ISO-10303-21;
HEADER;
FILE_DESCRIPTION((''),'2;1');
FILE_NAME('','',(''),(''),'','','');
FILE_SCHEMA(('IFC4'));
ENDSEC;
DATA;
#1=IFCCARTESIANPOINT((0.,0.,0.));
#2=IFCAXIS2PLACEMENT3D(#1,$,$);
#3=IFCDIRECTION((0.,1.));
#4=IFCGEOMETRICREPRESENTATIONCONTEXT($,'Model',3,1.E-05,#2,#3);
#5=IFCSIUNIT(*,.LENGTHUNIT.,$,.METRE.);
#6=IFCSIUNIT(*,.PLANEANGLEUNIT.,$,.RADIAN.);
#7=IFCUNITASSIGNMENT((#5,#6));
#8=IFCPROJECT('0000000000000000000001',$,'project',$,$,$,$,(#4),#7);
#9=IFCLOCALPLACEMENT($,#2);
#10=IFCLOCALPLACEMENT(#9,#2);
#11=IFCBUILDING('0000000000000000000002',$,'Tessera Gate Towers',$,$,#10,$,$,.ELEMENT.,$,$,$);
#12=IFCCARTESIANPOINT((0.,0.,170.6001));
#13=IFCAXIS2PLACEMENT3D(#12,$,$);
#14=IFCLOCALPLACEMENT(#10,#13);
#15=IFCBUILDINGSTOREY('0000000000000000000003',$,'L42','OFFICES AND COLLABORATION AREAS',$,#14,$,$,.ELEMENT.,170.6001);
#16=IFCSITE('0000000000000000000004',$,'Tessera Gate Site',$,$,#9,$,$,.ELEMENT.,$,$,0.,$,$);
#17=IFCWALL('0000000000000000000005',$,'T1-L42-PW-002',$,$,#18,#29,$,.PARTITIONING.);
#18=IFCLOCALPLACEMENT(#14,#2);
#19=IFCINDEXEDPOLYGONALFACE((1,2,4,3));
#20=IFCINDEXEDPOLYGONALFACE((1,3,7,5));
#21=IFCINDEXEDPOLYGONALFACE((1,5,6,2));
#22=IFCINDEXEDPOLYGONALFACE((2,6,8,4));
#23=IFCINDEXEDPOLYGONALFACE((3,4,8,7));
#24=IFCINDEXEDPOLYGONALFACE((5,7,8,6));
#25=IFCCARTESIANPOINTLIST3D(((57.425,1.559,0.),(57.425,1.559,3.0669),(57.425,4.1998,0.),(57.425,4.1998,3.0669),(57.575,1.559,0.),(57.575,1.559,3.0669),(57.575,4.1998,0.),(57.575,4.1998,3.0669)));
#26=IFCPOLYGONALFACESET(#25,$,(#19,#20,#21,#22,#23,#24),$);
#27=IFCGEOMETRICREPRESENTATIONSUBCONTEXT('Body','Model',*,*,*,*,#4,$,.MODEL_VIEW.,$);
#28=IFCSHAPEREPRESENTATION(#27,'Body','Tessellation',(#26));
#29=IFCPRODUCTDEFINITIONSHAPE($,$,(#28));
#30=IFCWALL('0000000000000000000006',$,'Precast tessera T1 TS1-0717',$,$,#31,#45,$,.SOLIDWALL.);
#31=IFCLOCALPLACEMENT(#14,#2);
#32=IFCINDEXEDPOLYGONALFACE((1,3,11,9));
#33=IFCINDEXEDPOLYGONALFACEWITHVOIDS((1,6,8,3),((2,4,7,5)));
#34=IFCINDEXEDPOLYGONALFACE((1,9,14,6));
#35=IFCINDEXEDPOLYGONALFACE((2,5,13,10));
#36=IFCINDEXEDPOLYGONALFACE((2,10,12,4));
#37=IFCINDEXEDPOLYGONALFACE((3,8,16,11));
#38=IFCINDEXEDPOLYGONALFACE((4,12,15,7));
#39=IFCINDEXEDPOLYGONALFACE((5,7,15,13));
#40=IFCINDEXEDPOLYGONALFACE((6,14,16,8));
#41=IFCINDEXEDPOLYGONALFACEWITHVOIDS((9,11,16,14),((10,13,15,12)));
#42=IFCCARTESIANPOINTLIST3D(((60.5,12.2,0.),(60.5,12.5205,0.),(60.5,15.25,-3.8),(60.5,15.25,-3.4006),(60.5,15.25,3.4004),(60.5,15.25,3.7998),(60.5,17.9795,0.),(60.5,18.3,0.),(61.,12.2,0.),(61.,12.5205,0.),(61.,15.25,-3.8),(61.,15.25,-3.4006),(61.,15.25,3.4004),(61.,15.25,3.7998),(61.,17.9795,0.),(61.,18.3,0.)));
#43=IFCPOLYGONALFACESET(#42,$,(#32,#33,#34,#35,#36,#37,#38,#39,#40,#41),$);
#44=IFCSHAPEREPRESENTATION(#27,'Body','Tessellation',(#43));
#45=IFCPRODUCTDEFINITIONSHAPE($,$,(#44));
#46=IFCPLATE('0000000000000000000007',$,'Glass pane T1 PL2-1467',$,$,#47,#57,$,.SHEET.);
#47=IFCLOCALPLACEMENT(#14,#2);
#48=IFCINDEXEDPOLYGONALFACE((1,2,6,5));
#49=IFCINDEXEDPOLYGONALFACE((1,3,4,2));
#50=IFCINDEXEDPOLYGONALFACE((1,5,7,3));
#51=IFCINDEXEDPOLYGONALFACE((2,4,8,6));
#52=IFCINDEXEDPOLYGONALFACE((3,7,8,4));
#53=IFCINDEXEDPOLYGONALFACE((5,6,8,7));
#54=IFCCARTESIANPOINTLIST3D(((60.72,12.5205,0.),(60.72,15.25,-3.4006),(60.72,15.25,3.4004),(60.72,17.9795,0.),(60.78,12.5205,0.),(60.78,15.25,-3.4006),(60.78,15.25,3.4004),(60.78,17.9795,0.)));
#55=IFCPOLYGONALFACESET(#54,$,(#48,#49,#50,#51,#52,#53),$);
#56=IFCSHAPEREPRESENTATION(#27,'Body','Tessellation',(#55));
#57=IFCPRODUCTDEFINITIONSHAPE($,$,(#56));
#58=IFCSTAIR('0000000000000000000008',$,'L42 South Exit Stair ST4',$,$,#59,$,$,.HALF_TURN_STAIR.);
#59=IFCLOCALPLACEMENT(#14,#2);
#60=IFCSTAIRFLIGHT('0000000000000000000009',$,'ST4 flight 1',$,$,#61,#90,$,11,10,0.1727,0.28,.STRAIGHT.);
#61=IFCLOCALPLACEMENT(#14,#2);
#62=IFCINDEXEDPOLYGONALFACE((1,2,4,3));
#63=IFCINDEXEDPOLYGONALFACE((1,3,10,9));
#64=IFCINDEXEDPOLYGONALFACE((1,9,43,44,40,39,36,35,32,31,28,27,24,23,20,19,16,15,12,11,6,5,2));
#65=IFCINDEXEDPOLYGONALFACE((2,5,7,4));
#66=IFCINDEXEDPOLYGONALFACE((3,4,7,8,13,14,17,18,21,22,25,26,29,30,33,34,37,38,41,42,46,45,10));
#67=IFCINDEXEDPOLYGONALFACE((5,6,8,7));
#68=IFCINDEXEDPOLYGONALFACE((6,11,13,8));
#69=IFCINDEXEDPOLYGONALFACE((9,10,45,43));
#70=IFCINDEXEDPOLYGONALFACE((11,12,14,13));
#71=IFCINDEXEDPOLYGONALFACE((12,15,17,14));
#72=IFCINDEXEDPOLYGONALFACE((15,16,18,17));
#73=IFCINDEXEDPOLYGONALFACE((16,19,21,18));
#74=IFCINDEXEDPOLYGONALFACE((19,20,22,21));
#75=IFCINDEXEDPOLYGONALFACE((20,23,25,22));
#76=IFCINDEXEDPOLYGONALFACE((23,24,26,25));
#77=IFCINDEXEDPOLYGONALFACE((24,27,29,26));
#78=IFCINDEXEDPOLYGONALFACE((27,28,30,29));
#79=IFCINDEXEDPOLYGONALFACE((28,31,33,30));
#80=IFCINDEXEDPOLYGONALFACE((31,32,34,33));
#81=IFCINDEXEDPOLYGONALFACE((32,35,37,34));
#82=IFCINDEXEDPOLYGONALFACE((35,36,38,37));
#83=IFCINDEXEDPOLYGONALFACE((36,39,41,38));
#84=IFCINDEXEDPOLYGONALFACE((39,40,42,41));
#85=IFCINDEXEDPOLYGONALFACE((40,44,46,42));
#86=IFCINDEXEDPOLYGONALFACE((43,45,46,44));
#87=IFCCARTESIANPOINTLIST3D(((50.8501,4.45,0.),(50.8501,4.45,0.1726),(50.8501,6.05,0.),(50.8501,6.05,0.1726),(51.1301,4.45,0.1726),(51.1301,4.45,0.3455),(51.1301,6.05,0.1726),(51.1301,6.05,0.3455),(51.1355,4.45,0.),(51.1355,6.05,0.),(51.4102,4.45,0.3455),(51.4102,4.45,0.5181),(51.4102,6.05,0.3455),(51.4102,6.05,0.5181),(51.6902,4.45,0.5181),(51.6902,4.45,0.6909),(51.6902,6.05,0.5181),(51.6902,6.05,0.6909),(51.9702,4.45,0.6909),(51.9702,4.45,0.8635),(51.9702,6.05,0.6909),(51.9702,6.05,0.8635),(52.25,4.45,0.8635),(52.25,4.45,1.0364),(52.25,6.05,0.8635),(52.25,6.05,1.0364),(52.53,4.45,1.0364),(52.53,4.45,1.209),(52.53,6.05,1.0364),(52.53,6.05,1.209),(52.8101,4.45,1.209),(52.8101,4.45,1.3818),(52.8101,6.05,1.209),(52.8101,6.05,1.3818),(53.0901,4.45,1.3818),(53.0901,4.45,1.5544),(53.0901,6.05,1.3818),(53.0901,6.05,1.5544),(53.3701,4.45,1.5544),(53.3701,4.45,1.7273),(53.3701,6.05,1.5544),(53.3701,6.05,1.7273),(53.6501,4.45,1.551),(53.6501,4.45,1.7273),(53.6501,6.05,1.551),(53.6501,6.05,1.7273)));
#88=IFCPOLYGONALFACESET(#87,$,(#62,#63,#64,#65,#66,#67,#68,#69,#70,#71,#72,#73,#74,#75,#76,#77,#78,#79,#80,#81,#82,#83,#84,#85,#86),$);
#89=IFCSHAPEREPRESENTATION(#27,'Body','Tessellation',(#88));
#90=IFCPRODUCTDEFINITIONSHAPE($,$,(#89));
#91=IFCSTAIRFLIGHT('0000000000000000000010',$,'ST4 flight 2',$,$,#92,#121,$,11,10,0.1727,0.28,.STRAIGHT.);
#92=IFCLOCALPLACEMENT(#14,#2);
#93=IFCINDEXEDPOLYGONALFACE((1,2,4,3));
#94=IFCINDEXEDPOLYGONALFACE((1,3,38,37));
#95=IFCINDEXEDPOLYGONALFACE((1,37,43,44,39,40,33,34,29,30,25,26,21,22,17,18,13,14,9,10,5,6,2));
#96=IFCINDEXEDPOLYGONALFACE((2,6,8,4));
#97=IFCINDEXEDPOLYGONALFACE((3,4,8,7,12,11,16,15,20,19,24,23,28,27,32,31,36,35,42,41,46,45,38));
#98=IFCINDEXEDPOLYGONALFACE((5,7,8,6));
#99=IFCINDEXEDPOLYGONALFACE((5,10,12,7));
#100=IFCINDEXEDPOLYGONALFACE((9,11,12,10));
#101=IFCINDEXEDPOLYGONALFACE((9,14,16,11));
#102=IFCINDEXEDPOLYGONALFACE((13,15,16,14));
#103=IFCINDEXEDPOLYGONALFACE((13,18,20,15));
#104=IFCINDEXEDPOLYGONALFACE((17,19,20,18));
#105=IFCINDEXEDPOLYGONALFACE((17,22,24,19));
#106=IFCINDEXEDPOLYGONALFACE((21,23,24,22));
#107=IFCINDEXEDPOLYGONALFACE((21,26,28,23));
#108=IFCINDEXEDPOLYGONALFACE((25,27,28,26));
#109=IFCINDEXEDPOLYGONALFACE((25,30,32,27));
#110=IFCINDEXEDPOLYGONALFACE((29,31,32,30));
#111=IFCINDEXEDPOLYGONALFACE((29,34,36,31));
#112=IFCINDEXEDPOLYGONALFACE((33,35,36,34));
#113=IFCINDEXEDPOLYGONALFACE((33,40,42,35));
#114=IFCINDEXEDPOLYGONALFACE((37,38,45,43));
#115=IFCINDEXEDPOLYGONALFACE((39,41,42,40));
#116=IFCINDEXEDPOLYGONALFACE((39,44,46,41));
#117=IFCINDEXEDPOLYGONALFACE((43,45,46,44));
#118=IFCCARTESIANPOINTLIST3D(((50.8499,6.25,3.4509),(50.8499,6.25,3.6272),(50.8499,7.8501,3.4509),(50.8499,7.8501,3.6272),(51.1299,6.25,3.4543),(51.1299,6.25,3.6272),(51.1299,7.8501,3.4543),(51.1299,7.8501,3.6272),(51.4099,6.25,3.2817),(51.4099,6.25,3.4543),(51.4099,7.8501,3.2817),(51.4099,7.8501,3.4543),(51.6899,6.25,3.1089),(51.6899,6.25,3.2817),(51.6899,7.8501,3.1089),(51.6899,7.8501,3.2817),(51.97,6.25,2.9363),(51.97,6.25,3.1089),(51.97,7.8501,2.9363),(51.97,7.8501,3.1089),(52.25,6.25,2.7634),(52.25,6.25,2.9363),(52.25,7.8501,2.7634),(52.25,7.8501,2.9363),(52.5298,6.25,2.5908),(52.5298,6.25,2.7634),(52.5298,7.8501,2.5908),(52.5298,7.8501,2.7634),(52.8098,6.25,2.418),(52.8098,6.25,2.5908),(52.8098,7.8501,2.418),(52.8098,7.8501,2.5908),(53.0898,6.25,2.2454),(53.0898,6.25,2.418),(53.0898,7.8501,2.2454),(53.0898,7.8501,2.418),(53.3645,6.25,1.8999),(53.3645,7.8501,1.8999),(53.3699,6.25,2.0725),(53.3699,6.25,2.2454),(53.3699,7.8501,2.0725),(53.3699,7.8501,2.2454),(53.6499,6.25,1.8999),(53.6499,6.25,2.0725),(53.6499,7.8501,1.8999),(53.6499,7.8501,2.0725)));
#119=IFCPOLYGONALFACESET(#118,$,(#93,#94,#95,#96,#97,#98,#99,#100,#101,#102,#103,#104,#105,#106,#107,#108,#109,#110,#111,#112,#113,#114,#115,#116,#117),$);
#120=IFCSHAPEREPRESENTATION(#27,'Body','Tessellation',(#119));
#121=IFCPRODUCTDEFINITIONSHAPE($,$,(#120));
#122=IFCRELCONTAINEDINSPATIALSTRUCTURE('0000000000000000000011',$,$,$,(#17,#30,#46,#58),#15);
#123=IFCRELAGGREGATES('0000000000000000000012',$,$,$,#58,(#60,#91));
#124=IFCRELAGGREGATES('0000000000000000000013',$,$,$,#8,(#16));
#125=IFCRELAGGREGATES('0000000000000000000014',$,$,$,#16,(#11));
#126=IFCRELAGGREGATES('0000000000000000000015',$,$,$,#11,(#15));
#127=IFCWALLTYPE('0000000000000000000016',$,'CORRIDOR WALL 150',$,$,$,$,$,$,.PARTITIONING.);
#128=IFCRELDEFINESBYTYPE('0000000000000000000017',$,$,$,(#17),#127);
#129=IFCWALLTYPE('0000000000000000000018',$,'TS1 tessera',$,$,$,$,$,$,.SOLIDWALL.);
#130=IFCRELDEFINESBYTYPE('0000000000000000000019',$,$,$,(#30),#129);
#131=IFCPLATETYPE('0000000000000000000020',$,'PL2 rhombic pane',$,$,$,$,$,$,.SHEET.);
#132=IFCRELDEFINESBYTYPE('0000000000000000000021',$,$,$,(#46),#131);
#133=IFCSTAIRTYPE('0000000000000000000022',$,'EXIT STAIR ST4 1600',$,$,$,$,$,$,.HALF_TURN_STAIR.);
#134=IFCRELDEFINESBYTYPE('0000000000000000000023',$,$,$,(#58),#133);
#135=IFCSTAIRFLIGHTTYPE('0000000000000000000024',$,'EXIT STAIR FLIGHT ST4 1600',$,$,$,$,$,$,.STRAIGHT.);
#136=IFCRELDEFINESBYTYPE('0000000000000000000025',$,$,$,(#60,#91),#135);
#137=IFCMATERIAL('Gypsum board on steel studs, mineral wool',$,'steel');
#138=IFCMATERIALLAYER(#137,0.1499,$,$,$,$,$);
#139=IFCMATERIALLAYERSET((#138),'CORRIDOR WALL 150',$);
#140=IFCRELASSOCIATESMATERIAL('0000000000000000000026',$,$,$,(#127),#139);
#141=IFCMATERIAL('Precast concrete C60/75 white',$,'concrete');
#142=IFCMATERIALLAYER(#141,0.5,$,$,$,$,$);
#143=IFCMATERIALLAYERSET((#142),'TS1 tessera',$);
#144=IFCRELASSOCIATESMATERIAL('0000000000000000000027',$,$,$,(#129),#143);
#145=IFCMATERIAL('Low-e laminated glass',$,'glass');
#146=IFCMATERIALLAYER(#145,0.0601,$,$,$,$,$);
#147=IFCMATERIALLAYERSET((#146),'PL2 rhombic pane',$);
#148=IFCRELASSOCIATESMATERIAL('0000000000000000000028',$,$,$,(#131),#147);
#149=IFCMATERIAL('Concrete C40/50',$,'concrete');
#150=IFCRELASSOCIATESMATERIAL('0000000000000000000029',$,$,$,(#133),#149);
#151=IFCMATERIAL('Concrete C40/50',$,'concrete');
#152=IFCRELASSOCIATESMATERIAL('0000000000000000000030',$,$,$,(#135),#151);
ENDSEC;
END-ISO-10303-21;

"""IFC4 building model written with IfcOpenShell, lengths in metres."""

from ifc_helpers import new_model, si_unit, direction, frame, frame_2d, origin, place, context, subcontext, project, spatial, polyline, rectangle, outline, extrude, source, transform, mapped, material, layer, layer_set, type_object, element, fill, aggregate, save


model = new_model("IFC4")

# Units and contexts
model_context = context("Model", 3, precision=1e-05, world=origin(), true_north=direction((0.0, 1.0)))
body_context = subcontext(model_context, "Body", "Model", "MODEL_VIEW")
ifc_project = project(units=[si_unit("LENGTHUNIT", "METRE"), si_unit("PLANEANGLEUNIT", "RADIAN")], contexts=[model_context])

# Site, building, storey
site_placement = place(None, origin())
site = spatial("IfcSite", under=ifc_project, at=site_placement, Name="Tessera Gate Site", CompositionType="ELEMENT", RefElevation=0.0)
building_placement = place(site_placement, origin())
building = spatial("IfcBuilding", under=site, at=building_placement, Name="Tessera Gate Towers", CompositionType="ELEMENT")
storey_placement = place(building_placement, frame((0.0, 0.0, 170.6001)))
storey = spatial("IfcBuildingStorey", under=building, at=storey_placement, Name="L42", Description="OFFICES AND COLLABORATION AREAS", CompositionType="ELEMENT", Elevation=170.6001)

# Wall
ifc_material_1 = material(Name="Gypsum board on steel studs, mineral wool", Category="steel")
ifc_layer_1 = layer(ifc_material_1, 0.1499)
ifc_layer_set_1 = layer_set([ifc_layer_1], Name="CORRIDOR WALL 150")
wall_type_1 = type_object("IfcWallType", Name="CORRIDOR WALL 150", PredefinedType="PARTITIONING", material=ifc_layer_set_1)
wall_1_placement = place(storey_placement, frame((57.5, 1.5591, 0.0), z_axis=(0.0, 0.0, 1.0), x_axis=(0.0, 1.0, 0.0)))
element("IfcWall", 1, at=wall_1_placement, inside=storey, type_object=wall_type_1, Name="T1-L42-PW-002", PredefinedType="PARTITIONING", context=body_context, shape_type="SweptSolid", body=[
    extrude(rectangle(XDim=2.6409, YDim=0.1499, at=frame_2d((1.3203, 0.0))), origin(), (0.0, 0.0, 1.0), 3.0669),
])

# Wall, opening, plate
ifc_material_2 = material(Name="Precast concrete C60/75 white", Category="concrete")
ifc_layer_2 = layer(ifc_material_2, 0.5)
ifc_layer_set_2 = layer_set([ifc_layer_2], Name="TS1 tessera")
wall_type_2 = type_object("IfcWallType", Name="TS1 tessera", PredefinedType="SOLIDWALL", material=ifc_layer_set_2)
shared_shape_1 = source(origin(), body_context, "Body", "SweptSolid", [
    extrude(outline(polyline([(3.05, 0.0), (6.1001, 3.8), (3.05, 7.5999), (0.0, 3.8), (3.05, 0.0)])), frame((0.0, 0.25, 0.0), z_axis=(0.0, -1.0, 0.0), x_axis=(1.0, 0.0, 0.0)), (0.0, 0.0, 1.0), 0.5),
])
wall_2_placement = place(storey_placement, frame((60.75, 12.2, -3.8), z_axis=(0.0, 0.0, 1.0), x_axis=(0.0, 1.0, 0.0)))
wall_2 = element("IfcWall", 2, at=wall_2_placement, inside=storey, type_object=wall_type_2, Name="Precast tessera T1 TS1-0717", PredefinedType="SOLIDWALL", context=body_context, shape_type="MappedRepresentation", body=[
    mapped(shared_shape_1, transform((0.0, 0.0, 0.0), scale=1.0)),
])
shared_shape_2 = source(origin(), body_context, "Body", "SweptSolid", [
    extrude(outline(polyline([(3.05, 0.3994), (5.7795, 3.8), (3.05, 7.2004), (0.3206, 3.8), (3.05, 0.3994)])), frame((0.0, 0.26, 0.0), z_axis=(0.0, -1.0, 0.0), x_axis=(1.0, 0.0, 0.0)), (0.0, 0.0, 1.0), 0.52),
])
opening_1_placement = place(wall_2_placement, origin())
opening_1 = element("IfcOpeningElement", 3, at=opening_1_placement, cuts=wall_2, PredefinedType="OPENING", context=body_context, shape_type="MappedRepresentation", body=[
    mapped(shared_shape_2, transform((0.0, 0.0, 0.0), scale=1.0)),
])
ifc_material_3 = material(Name="Low-e laminated glass", Category="glass")
ifc_layer_3 = layer(ifc_material_3, 0.0601)
ifc_layer_set_3 = layer_set([ifc_layer_3], Name="PL2 rhombic pane")
plate_type = type_object("IfcPlateType", Name="PL2 rhombic pane", PredefinedType="SHEET", material=ifc_layer_set_3)
shared_shape_3 = source(origin(), body_context, "Body", "SweptSolid", [
    extrude(outline(polyline([(3.05, 0.3994), (5.7795, 3.8), (3.05, 7.2004), (0.3206, 3.8), (3.05, 0.3994)])), frame((0.0, 0.03, 0.0), z_axis=(0.0, -1.0, 0.0), x_axis=(1.0, 0.0, 0.0)), (0.0, 0.0, 1.0), 0.0601),
])
plate_placement = place(opening_1_placement, origin())
plate = element("IfcPlate", 4, at=plate_placement, inside=storey, type_object=plate_type, Name="Glass pane T1 PL2-1467", PredefinedType="SHEET", context=body_context, shape_type="MappedRepresentation", body=[
    mapped(shared_shape_3, transform((0.0, 0.0, 0.0), scale=1.0)),
])
fill(opening_1, plate)

# Stair, stair flights
ifc_material_4 = material(Name="Concrete C40/50", Category="concrete")
stair_type = type_object("IfcStairType", Name="EXIT STAIR ST4 1600", PredefinedType="HALF_TURN_STAIR", material=ifc_material_4)
stair_placement = place(storey_placement, origin())
stair = element("IfcStair", 5, at=stair_placement, inside=storey, type_object=stair_type, Name="L42 South Exit Stair ST4", PredefinedType="HALF_TURN_STAIR")
ifc_material_5 = material(Name="Concrete C40/50", Category="concrete")
stair_flight_type = type_object("IfcStairFlightType", Name="EXIT STAIR FLIGHT ST4 1600", PredefinedType="STRAIGHT", material=ifc_material_5)
stair_flight_1_placement = place(storey_placement, frame((50.8501, 5.25, 0.0), z_axis=(0.0, 0.0, 1.0), x_axis=(1.0, 0.0, 0.0)))
stair_flight_1 = element("IfcStairFlight", 6, at=stair_flight_1_placement, type_object=stair_flight_type, Name="ST4 flight 1", NumberOfRisers=11, NumberOfTreads=10, PredefinedType="STRAIGHT", RiserHeight=0.1727, TreadLength=0.28, context=body_context, shape_type="SweptSolid", body=[
    extrude(outline(polyline([(0.0, 0.0), (0.0, 0.1726), (0.28, 0.1726), (0.28, 0.3455), (0.5601, 0.3455), (0.5601, 0.5181), (0.8401, 0.5181), (0.8401, 0.6909), (1.1201, 0.6909), (1.1201, 0.8635), (1.3999, 0.8635), (1.3999, 1.0364), (1.6799, 1.0364), (1.6799, 1.209), (1.96, 1.209), (1.96, 1.3818), (2.24, 1.3818), (2.24, 1.5544), (2.52, 1.5544), (2.52, 1.7273), (2.8, 1.7273), (2.8, 1.8999), (2.8, 1.551), (0.2854, 0.0), (0.0, 0.0)])), frame((0.0, 0.8, 0.0), z_axis=(0.0, -1.0, 0.0), x_axis=(1.0, 0.0, 0.0)), (0.0, 0.0, 1.0), 1.6001),
])
stair_flight_2_placement = place(storey_placement, frame((53.6499, 7.05, 1.8999), z_axis=(0.0, 0.0, 1.0), x_axis=(-1.0, 0.0, 0.0)))
stair_flight_2 = element("IfcStairFlight", 7, at=stair_flight_2_placement, type_object=stair_flight_type, Name="ST4 flight 2", NumberOfRisers=11, NumberOfTreads=10, PredefinedType="STRAIGHT", RiserHeight=0.1727, TreadLength=0.28, context=body_context, shape_type="SweptSolid", body=[
    extrude(outline(polyline([(0.0, 0.0), (0.0, 0.1726), (0.28, 0.1726), (0.28, 0.3455), (0.5601, 0.3455), (0.5601, 0.5181), (0.8401, 0.5181), (0.8401, 0.6909), (1.1201, 0.6909), (1.1201, 0.8635), (1.3999, 0.8635), (1.3999, 1.0364), (1.6799, 1.0364), (1.6799, 1.209), (1.96, 1.209), (1.96, 1.3818), (2.24, 1.3818), (2.24, 1.5544), (2.52, 1.5544), (2.52, 1.7273), (2.8, 1.7273), (2.8, 1.8999), (2.8, 1.551), (0.2854, 0.0), (0.0, 0.0)])), frame((0.0, 0.8, 0.0), z_axis=(0.0, -1.0, 0.0), x_axis=(1.0, 0.0, 0.0)), (0.0, 0.0, 1.0), 1.6001),
])
aggregate(stair, [stair_flight_1, stair_flight_2])

save(model, "model.ifc")
